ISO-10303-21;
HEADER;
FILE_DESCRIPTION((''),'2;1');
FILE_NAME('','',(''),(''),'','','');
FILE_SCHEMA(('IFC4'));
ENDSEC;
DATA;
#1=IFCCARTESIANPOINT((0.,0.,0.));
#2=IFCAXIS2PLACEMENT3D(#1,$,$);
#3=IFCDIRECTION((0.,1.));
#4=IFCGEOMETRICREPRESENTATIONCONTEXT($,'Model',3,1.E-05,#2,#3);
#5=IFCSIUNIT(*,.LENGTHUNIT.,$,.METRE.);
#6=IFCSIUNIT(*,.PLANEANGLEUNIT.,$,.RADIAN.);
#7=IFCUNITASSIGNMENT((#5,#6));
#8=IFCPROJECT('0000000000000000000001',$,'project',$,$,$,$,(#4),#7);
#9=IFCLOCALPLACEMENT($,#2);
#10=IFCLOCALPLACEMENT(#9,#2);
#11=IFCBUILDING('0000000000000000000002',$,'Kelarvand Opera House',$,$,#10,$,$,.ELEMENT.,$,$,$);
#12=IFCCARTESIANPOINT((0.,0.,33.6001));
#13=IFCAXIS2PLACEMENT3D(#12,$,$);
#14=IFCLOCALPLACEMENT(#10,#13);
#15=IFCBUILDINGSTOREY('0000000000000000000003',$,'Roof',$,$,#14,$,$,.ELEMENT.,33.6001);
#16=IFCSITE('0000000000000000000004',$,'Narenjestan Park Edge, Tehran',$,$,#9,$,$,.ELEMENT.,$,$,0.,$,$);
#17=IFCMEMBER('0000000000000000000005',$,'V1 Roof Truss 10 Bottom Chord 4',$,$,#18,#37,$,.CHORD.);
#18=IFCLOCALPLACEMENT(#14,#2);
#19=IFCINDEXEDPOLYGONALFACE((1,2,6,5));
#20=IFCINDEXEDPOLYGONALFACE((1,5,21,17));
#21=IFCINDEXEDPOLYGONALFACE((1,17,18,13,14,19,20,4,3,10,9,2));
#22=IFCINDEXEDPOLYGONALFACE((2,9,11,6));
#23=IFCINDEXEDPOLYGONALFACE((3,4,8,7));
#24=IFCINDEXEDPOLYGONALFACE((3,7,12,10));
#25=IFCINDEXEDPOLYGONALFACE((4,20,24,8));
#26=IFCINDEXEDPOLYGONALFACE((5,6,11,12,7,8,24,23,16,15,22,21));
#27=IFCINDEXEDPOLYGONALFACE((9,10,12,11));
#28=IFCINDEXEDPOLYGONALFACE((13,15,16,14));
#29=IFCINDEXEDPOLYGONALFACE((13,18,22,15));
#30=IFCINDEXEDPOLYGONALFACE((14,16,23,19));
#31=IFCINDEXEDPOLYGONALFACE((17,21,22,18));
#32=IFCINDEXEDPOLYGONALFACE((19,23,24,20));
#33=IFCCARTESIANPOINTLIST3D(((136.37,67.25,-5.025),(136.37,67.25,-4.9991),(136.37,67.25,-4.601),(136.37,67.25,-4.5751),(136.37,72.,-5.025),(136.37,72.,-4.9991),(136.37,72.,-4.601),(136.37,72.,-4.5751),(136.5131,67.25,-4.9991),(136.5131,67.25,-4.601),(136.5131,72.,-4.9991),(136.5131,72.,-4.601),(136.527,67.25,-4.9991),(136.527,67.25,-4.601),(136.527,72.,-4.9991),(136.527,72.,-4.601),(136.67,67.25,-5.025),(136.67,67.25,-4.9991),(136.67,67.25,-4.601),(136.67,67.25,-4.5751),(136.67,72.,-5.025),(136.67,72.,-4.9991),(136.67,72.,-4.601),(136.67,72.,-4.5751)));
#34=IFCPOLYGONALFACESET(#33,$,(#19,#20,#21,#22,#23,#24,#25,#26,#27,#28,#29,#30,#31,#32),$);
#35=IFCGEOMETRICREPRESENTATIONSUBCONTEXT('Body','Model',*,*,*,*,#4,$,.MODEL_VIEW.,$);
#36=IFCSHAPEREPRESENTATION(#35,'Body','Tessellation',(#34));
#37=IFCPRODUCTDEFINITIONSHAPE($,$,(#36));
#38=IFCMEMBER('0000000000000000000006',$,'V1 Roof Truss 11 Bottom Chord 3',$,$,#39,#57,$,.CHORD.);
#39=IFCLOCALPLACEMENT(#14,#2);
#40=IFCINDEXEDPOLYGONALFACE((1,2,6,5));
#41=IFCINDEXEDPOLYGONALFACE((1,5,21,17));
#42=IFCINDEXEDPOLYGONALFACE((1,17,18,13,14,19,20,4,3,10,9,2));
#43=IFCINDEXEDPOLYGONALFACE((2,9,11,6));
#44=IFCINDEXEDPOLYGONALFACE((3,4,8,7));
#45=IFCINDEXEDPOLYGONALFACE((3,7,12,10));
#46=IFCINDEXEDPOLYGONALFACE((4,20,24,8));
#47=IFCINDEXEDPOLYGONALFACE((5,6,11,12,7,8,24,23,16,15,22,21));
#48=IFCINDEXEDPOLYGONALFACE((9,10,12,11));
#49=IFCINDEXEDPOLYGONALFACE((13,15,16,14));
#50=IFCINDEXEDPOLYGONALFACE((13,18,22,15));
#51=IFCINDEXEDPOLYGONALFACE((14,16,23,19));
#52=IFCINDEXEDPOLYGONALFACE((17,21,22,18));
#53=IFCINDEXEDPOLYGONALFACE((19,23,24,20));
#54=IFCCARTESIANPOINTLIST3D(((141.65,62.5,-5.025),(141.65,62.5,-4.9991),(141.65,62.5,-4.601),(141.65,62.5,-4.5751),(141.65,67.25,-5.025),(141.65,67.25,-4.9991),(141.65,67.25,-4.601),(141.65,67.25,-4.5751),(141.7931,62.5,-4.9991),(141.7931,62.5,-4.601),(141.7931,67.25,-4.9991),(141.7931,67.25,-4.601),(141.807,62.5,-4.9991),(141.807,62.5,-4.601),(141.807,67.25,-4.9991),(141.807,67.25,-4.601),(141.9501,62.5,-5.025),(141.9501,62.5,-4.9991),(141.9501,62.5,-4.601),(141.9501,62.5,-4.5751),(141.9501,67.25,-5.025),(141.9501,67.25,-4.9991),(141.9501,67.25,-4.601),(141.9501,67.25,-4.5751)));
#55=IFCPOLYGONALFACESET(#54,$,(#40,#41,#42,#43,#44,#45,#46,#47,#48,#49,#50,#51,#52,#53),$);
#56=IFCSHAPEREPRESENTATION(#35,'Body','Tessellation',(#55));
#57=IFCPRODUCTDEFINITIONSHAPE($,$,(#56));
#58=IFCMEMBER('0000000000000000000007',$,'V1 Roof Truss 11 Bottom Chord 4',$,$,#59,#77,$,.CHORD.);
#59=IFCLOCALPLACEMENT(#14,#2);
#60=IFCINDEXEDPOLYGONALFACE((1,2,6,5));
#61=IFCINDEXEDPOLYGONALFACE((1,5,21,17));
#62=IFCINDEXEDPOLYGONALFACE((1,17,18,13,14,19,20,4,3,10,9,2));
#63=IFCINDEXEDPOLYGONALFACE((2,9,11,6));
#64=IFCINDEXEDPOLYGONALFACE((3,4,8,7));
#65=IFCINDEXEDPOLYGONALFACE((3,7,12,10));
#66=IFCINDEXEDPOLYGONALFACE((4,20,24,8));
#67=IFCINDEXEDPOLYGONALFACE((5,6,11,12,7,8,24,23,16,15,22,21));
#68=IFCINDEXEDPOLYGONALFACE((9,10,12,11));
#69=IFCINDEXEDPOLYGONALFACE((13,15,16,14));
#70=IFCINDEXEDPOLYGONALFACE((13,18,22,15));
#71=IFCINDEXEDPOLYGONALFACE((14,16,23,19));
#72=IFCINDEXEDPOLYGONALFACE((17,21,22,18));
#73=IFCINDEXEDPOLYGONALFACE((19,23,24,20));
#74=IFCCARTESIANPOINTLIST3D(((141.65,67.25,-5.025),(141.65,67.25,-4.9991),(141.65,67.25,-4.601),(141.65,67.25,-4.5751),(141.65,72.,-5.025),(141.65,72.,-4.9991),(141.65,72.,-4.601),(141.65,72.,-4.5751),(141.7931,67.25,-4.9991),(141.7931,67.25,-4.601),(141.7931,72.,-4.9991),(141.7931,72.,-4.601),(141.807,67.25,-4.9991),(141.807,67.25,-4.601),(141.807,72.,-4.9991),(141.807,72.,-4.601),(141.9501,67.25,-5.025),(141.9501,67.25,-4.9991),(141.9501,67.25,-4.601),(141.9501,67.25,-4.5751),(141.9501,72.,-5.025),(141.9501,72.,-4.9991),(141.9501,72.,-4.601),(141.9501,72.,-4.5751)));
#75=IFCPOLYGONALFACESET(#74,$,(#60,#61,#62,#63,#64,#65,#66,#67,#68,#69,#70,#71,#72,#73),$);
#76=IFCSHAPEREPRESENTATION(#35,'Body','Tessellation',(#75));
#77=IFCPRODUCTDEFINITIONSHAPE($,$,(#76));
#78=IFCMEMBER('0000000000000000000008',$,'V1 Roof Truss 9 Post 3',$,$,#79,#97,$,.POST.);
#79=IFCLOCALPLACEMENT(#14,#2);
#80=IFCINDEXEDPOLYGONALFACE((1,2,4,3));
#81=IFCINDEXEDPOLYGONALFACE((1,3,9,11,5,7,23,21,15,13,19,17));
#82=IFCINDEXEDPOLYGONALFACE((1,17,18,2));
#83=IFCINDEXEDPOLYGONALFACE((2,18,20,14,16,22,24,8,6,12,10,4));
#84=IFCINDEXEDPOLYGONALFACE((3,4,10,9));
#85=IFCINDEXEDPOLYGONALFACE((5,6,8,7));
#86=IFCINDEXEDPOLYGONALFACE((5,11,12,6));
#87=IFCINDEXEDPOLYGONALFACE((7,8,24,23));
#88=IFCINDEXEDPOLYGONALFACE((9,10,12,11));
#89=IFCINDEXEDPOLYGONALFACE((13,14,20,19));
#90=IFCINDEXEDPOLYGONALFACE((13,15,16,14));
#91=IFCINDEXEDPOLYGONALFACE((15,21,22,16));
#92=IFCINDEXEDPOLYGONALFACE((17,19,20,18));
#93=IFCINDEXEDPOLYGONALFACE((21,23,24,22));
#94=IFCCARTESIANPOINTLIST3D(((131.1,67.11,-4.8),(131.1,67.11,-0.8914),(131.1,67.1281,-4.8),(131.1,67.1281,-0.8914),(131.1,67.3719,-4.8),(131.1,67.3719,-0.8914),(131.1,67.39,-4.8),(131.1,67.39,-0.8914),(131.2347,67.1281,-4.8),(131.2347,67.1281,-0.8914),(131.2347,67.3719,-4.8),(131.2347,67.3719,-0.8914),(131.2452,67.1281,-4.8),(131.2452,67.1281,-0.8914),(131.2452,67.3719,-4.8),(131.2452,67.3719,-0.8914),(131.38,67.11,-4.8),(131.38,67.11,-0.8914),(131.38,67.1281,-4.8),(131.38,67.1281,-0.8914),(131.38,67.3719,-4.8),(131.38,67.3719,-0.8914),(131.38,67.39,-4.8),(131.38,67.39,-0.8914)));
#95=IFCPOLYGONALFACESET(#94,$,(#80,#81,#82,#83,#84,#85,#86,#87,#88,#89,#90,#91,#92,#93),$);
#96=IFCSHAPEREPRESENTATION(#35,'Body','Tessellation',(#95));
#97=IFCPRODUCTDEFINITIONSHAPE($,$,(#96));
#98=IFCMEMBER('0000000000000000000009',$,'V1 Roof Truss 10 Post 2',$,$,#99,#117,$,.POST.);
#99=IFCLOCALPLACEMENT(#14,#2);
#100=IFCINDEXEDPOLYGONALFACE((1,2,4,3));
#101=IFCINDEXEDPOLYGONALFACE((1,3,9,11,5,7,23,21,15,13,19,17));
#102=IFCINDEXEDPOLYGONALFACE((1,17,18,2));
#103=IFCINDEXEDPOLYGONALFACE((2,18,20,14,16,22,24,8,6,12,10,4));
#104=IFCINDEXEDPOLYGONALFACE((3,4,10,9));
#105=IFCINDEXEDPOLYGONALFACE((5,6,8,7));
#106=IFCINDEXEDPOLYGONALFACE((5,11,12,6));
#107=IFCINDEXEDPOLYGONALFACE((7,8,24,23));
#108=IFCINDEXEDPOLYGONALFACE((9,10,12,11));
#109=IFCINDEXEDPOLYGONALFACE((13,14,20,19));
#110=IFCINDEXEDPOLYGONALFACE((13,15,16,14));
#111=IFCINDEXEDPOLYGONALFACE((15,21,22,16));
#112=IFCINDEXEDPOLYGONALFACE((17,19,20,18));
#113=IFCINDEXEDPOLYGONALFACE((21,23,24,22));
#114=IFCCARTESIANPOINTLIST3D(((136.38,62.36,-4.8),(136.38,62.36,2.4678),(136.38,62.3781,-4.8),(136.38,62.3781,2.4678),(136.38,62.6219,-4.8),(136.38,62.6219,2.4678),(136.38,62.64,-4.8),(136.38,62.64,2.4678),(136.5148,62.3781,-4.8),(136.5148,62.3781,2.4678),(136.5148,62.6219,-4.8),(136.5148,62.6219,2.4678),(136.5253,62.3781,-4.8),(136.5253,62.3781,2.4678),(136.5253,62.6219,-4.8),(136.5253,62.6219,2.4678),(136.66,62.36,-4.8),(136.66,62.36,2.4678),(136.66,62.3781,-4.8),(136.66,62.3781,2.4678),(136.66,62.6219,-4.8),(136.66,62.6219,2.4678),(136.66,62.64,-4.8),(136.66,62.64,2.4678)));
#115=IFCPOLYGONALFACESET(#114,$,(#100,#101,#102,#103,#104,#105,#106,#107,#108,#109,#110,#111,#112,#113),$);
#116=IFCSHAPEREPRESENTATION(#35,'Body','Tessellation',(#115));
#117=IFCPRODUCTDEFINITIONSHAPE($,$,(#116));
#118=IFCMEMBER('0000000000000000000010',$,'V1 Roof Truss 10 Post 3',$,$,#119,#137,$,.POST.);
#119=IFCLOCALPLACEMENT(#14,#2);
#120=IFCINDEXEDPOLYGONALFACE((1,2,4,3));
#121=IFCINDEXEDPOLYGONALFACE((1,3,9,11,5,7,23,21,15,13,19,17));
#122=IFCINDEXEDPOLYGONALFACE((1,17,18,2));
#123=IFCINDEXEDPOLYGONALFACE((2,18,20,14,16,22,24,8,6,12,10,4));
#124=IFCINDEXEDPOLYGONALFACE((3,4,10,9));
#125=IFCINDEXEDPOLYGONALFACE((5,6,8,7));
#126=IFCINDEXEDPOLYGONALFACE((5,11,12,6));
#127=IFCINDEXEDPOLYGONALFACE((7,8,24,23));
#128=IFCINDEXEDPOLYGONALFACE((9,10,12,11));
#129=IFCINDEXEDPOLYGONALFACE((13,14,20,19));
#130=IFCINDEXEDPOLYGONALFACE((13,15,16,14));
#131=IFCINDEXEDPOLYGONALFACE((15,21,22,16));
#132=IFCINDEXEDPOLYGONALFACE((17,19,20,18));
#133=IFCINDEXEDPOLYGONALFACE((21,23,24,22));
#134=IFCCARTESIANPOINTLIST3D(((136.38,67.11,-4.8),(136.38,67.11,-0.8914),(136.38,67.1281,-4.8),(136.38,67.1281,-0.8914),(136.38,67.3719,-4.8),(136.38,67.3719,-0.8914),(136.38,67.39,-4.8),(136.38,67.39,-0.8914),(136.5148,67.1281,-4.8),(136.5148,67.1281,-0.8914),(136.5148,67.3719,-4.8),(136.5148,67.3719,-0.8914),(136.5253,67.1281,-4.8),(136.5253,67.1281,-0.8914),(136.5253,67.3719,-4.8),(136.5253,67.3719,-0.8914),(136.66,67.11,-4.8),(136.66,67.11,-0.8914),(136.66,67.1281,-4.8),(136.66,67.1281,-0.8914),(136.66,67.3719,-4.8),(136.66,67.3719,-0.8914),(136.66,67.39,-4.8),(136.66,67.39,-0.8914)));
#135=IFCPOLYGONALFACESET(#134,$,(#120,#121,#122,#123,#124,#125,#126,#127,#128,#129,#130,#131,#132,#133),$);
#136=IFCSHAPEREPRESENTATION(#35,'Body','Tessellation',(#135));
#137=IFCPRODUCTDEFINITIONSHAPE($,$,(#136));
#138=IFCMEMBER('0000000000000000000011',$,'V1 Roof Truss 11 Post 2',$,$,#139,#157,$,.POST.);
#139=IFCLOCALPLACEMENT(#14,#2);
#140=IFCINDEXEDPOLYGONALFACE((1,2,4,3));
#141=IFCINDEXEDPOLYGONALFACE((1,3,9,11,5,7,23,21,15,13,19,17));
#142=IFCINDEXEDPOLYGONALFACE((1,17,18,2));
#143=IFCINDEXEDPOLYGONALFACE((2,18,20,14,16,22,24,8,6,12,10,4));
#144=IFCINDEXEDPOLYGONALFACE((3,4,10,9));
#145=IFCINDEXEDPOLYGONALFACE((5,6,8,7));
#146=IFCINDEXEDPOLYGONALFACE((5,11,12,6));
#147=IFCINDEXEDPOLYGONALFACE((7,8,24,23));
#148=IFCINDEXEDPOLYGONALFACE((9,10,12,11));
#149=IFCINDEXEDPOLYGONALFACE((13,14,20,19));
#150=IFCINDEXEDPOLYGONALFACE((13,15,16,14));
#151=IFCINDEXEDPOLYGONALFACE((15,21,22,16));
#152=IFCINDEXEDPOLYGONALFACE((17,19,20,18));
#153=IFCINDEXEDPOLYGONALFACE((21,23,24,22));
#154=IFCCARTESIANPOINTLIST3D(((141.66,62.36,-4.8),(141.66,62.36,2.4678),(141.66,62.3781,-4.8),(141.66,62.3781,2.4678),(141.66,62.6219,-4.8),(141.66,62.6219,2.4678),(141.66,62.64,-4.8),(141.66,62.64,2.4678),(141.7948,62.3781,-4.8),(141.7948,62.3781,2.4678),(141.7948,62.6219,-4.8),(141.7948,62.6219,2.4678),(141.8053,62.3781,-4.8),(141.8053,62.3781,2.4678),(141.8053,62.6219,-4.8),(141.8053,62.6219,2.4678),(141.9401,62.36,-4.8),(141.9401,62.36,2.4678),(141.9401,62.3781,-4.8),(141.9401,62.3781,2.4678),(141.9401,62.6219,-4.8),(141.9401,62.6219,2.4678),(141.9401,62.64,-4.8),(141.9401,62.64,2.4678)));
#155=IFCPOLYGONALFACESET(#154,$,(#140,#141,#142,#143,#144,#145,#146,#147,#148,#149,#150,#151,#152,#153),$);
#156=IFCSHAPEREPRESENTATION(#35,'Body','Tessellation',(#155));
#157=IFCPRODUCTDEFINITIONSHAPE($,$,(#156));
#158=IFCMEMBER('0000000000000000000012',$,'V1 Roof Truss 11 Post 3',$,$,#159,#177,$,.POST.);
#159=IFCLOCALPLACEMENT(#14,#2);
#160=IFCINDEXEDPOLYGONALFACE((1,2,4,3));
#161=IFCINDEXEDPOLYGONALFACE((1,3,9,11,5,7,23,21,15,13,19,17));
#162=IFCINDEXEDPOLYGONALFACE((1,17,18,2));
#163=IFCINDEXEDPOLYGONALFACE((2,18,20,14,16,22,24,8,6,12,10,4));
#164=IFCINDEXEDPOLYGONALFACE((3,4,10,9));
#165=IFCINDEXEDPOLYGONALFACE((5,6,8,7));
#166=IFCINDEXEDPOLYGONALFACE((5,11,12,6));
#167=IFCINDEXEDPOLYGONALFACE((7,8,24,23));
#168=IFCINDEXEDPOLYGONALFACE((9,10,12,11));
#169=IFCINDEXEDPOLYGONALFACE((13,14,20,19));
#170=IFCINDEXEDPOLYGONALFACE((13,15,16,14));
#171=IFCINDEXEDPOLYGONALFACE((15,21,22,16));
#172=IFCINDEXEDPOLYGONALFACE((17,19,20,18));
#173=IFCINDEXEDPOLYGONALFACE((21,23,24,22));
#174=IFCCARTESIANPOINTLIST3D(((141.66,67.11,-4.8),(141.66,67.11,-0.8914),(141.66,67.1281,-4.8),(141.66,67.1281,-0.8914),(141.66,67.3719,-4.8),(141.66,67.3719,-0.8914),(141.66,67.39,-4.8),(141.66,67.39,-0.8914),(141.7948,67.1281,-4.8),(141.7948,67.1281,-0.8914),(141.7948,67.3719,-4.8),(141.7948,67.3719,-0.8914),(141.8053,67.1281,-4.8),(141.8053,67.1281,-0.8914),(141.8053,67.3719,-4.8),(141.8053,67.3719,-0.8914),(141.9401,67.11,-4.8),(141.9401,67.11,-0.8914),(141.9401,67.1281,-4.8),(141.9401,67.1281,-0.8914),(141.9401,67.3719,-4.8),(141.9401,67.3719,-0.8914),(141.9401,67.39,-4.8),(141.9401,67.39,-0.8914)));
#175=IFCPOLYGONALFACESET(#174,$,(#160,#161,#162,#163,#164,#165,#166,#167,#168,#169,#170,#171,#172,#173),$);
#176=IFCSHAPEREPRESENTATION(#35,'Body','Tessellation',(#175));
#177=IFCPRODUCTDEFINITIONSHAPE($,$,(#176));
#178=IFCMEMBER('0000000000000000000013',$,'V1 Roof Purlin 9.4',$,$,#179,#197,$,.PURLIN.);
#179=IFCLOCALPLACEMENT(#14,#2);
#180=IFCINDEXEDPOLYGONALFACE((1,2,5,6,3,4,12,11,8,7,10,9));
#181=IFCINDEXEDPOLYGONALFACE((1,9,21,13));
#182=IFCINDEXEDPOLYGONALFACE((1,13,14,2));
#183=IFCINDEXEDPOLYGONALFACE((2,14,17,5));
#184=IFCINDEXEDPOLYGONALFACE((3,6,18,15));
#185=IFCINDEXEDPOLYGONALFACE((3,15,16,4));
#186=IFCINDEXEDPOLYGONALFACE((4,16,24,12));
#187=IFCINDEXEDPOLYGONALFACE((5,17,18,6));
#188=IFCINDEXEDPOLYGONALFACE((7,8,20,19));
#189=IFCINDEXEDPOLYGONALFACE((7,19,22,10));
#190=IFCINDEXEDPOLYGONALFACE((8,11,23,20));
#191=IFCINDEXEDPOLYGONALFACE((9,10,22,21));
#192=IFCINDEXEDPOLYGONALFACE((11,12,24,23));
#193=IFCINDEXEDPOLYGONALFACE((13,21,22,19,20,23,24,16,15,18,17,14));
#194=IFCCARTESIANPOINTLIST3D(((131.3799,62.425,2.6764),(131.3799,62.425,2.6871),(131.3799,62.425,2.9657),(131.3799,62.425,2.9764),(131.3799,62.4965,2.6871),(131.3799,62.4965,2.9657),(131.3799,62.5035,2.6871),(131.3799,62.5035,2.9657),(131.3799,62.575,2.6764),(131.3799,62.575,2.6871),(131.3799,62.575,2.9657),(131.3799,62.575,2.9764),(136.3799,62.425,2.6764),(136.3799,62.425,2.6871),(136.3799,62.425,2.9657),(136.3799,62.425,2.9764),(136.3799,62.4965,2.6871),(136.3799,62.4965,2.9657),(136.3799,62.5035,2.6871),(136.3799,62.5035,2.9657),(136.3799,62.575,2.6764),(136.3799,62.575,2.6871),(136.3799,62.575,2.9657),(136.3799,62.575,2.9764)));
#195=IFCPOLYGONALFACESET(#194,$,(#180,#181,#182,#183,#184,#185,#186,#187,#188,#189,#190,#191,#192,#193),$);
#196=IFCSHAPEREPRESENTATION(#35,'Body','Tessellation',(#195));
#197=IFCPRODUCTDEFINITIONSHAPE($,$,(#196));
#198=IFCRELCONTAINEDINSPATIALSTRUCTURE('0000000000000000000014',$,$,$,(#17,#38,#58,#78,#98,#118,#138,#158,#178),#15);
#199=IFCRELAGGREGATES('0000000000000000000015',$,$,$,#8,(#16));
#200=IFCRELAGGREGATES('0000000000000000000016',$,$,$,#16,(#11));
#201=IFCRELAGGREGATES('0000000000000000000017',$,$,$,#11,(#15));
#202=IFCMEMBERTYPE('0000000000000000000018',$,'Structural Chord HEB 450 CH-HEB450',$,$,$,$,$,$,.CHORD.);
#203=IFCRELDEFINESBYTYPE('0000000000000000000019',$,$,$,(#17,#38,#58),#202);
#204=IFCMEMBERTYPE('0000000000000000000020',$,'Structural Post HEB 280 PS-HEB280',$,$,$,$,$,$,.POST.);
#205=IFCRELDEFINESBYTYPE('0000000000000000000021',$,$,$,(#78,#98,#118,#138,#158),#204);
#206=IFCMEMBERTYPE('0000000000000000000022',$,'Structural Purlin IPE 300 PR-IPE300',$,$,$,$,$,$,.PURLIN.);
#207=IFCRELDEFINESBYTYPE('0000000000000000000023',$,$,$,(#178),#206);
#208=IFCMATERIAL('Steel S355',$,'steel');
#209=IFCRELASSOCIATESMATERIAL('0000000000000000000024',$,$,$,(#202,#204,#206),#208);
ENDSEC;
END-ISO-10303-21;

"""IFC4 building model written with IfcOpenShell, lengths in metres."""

from ifc_helpers import new_model, si_unit, direction, frame, origin, origin_2d, place, context, subcontext, project, spatial, i_section, extrude, material, material_profile, profile_set, type_object, element, save


model = new_model("IFC4")

# Units and contexts
model_context = context("Model", 3, precision=1e-05, world=origin(), true_north=direction((0.0, 1.0)))
body_context = subcontext(model_context, "Body", "Model", "MODEL_VIEW")
ifc_project = project(units=[si_unit("LENGTHUNIT", "METRE"), si_unit("PLANEANGLEUNIT", "RADIAN")], contexts=[model_context])

# Site, building, storey
site_placement = place(None, origin())
site = spatial("IfcSite", under=ifc_project, at=site_placement, Name="Narenjestan Park Edge, Tehran", CompositionType="ELEMENT", RefElevation=0.0)
building_placement = place(site_placement, origin())
building = spatial("IfcBuilding", under=site, at=building_placement, Name="Kelarvand Opera House", CompositionType="ELEMENT")
storey_placement = place(building_placement, frame((0.0, 0.0, 33.6001)))
storey = spatial("IfcBuildingStorey", under=building, at=storey_placement, Name="Roof", CompositionType="ELEMENT", Elevation=33.6001)

# Members
ifc_material = material(Name="Steel S355", Category="steel")
ifc_material_profile_1 = material_profile(ifc_material, i_section(OverallWidth=0.3, OverallDepth=0.45, WebThickness=0.0139, FlangeThickness=0.0259, at=origin_2d()), Name="HEB 450", Category="steel")
ifc_profile_set_1 = profile_set([ifc_material_profile_1], Name="Steel S355")
member_type_1 = type_object("IfcMemberType", Name="Structural Chord HEB 450 CH-HEB450", PredefinedType="CHORD", material=ifc_profile_set_1)
for number, where, z_axis, x_axis, name in (
    (1, (136.52, 67.25, -4.8), (0.0, 1.0, 0.0), (-1.0, 0.0, 0.0), "V1 Roof Truss 10 Bottom Chord 4"),
    (2, (141.8, 62.5, -4.8), (0.0, 1.0, 0.0), (-1.0, 0.0, 0.0), "V1 Roof Truss 11 Bottom Chord 3"),
    (3, (141.8, 67.25, -4.8), (0.0, 1.0, 0.0), (-1.0, 0.0, 0.0), "V1 Roof Truss 11 Bottom Chord 4"),
):
    element("IfcMember", number, at=place(storey_placement, frame(where, z_axis=z_axis, x_axis=x_axis)), inside=storey, type_object=member_type_1, Name=name, PredefinedType="CHORD", context=body_context, shape_type="SweptSolid", body=[
        extrude(i_section(OverallWidth=0.3, OverallDepth=0.45, WebThickness=0.0139, FlangeThickness=0.0259, at=origin_2d()), origin(), (0.0, 0.0, 1.0), 4.75),
    ])
ifc_material_profile_2 = material_profile(ifc_material, i_section(OverallWidth=0.28, OverallDepth=0.28, WebThickness=0.0105, FlangeThickness=0.0181, at=origin_2d()), Name="HEB 280", Category="steel")
ifc_profile_set_2 = profile_set([ifc_material_profile_2], Name="Steel S355")
member_type_2 = type_object("IfcMemberType", Name="Structural Post HEB 280 PS-HEB280", PredefinedType="POST", material=ifc_profile_set_2)
member_1_placement = place(storey_placement, frame((131.24, 67.25, -4.8), z_axis=(0.0, 0.0, 1.0), x_axis=(1.0, 0.0, 0.0)))
element("IfcMember", 4, at=member_1_placement, inside=storey, type_object=member_type_2, Name="V1 Roof Truss 9 Post 3", PredefinedType="POST", context=body_context, shape_type="SweptSolid", body=[
    extrude(i_section(OverallWidth=0.28, OverallDepth=0.28, WebThickness=0.0105, FlangeThickness=0.0181, at=origin_2d()), origin(), (0.0, 0.0, 1.0), 3.9087),
])
member_2_placement = place(storey_placement, frame((136.52, 62.5, -4.8), z_axis=(0.0, 0.0, 1.0), x_axis=(1.0, 0.0, 0.0)))
element("IfcMember", 5, at=member_2_placement, inside=storey, type_object=member_type_2, Name="V1 Roof Truss 10 Post 2", PredefinedType="POST", context=body_context, shape_type="SweptSolid", body=[
    extrude(i_section(OverallWidth=0.28, OverallDepth=0.28, WebThickness=0.0105, FlangeThickness=0.0181, at=origin_2d()), origin(), (0.0, 0.0, 1.0), 7.2678),
])
member_3_placement = place(storey_placement, frame((136.52, 67.25, -4.8), z_axis=(0.0, 0.0, 1.0), x_axis=(1.0, 0.0, 0.0)))
element("IfcMember", 6, at=member_3_placement, inside=storey, type_object=member_type_2, Name="V1 Roof Truss 10 Post 3", PredefinedType="POST", context=body_context, shape_type="SweptSolid", body=[
    extrude(i_section(OverallWidth=0.28, OverallDepth=0.28, WebThickness=0.0105, FlangeThickness=0.0181, at=origin_2d()), origin(), (0.0, 0.0, 1.0), 3.9087),
])
member_4_placement = place(storey_placement, frame((141.8, 62.5, -4.8), z_axis=(0.0, 0.0, 1.0), x_axis=(1.0, 0.0, 0.0)))
element("IfcMember", 7, at=member_4_placement, inside=storey, type_object=member_type_2, Name="V1 Roof Truss 11 Post 2", PredefinedType="POST", context=body_context, shape_type="SweptSolid", body=[
    extrude(i_section(OverallWidth=0.28, OverallDepth=0.28, WebThickness=0.0105, FlangeThickness=0.0181, at=origin_2d()), origin(), (0.0, 0.0, 1.0), 7.2678),
])
member_5_placement = place(storey_placement, frame((141.8, 67.25, -4.8), z_axis=(0.0, 0.0, 1.0), x_axis=(1.0, 0.0, 0.0)))
element("IfcMember", 8, at=member_5_placement, inside=storey, type_object=member_type_2, Name="V1 Roof Truss 11 Post 3", PredefinedType="POST", context=body_context, shape_type="SweptSolid", body=[
    extrude(i_section(OverallWidth=0.28, OverallDepth=0.28, WebThickness=0.0105, FlangeThickness=0.0181, at=origin_2d()), origin(), (0.0, 0.0, 1.0), 3.9087),
])
ifc_material_profile_3 = material_profile(ifc_material, i_section(OverallWidth=0.1499, OverallDepth=0.3, WebThickness=0.0071, FlangeThickness=0.0107, at=origin_2d()), Name="IPE 300", Category="steel")
ifc_profile_set_3 = profile_set([ifc_material_profile_3], Name="Steel S355")
member_type_3 = type_object("IfcMemberType", Name="Structural Purlin IPE 300 PR-IPE300", PredefinedType="PURLIN", material=ifc_profile_set_3)
for number, where, z_axis, x_axis, name in (
    (9, (131.3799, 62.5, 2.8264), (1.0, 0.0, 0.0), (0.0, 1.0, 0.0), "V1 Roof Purlin 9.4"),
):
    element("IfcMember", number, at=place(storey_placement, frame(where, z_axis=z_axis, x_axis=x_axis)), inside=storey, type_object=member_type_3, Name=name, PredefinedType="PURLIN", context=body_context, shape_type="SweptSolid", body=[
        extrude(i_section(OverallWidth=0.1499, OverallDepth=0.3, WebThickness=0.0071, FlangeThickness=0.0107, at=origin_2d()), origin(), (0.0, 0.0, 1.0), 5.0),
    ])

save(model, "model.ifc")
